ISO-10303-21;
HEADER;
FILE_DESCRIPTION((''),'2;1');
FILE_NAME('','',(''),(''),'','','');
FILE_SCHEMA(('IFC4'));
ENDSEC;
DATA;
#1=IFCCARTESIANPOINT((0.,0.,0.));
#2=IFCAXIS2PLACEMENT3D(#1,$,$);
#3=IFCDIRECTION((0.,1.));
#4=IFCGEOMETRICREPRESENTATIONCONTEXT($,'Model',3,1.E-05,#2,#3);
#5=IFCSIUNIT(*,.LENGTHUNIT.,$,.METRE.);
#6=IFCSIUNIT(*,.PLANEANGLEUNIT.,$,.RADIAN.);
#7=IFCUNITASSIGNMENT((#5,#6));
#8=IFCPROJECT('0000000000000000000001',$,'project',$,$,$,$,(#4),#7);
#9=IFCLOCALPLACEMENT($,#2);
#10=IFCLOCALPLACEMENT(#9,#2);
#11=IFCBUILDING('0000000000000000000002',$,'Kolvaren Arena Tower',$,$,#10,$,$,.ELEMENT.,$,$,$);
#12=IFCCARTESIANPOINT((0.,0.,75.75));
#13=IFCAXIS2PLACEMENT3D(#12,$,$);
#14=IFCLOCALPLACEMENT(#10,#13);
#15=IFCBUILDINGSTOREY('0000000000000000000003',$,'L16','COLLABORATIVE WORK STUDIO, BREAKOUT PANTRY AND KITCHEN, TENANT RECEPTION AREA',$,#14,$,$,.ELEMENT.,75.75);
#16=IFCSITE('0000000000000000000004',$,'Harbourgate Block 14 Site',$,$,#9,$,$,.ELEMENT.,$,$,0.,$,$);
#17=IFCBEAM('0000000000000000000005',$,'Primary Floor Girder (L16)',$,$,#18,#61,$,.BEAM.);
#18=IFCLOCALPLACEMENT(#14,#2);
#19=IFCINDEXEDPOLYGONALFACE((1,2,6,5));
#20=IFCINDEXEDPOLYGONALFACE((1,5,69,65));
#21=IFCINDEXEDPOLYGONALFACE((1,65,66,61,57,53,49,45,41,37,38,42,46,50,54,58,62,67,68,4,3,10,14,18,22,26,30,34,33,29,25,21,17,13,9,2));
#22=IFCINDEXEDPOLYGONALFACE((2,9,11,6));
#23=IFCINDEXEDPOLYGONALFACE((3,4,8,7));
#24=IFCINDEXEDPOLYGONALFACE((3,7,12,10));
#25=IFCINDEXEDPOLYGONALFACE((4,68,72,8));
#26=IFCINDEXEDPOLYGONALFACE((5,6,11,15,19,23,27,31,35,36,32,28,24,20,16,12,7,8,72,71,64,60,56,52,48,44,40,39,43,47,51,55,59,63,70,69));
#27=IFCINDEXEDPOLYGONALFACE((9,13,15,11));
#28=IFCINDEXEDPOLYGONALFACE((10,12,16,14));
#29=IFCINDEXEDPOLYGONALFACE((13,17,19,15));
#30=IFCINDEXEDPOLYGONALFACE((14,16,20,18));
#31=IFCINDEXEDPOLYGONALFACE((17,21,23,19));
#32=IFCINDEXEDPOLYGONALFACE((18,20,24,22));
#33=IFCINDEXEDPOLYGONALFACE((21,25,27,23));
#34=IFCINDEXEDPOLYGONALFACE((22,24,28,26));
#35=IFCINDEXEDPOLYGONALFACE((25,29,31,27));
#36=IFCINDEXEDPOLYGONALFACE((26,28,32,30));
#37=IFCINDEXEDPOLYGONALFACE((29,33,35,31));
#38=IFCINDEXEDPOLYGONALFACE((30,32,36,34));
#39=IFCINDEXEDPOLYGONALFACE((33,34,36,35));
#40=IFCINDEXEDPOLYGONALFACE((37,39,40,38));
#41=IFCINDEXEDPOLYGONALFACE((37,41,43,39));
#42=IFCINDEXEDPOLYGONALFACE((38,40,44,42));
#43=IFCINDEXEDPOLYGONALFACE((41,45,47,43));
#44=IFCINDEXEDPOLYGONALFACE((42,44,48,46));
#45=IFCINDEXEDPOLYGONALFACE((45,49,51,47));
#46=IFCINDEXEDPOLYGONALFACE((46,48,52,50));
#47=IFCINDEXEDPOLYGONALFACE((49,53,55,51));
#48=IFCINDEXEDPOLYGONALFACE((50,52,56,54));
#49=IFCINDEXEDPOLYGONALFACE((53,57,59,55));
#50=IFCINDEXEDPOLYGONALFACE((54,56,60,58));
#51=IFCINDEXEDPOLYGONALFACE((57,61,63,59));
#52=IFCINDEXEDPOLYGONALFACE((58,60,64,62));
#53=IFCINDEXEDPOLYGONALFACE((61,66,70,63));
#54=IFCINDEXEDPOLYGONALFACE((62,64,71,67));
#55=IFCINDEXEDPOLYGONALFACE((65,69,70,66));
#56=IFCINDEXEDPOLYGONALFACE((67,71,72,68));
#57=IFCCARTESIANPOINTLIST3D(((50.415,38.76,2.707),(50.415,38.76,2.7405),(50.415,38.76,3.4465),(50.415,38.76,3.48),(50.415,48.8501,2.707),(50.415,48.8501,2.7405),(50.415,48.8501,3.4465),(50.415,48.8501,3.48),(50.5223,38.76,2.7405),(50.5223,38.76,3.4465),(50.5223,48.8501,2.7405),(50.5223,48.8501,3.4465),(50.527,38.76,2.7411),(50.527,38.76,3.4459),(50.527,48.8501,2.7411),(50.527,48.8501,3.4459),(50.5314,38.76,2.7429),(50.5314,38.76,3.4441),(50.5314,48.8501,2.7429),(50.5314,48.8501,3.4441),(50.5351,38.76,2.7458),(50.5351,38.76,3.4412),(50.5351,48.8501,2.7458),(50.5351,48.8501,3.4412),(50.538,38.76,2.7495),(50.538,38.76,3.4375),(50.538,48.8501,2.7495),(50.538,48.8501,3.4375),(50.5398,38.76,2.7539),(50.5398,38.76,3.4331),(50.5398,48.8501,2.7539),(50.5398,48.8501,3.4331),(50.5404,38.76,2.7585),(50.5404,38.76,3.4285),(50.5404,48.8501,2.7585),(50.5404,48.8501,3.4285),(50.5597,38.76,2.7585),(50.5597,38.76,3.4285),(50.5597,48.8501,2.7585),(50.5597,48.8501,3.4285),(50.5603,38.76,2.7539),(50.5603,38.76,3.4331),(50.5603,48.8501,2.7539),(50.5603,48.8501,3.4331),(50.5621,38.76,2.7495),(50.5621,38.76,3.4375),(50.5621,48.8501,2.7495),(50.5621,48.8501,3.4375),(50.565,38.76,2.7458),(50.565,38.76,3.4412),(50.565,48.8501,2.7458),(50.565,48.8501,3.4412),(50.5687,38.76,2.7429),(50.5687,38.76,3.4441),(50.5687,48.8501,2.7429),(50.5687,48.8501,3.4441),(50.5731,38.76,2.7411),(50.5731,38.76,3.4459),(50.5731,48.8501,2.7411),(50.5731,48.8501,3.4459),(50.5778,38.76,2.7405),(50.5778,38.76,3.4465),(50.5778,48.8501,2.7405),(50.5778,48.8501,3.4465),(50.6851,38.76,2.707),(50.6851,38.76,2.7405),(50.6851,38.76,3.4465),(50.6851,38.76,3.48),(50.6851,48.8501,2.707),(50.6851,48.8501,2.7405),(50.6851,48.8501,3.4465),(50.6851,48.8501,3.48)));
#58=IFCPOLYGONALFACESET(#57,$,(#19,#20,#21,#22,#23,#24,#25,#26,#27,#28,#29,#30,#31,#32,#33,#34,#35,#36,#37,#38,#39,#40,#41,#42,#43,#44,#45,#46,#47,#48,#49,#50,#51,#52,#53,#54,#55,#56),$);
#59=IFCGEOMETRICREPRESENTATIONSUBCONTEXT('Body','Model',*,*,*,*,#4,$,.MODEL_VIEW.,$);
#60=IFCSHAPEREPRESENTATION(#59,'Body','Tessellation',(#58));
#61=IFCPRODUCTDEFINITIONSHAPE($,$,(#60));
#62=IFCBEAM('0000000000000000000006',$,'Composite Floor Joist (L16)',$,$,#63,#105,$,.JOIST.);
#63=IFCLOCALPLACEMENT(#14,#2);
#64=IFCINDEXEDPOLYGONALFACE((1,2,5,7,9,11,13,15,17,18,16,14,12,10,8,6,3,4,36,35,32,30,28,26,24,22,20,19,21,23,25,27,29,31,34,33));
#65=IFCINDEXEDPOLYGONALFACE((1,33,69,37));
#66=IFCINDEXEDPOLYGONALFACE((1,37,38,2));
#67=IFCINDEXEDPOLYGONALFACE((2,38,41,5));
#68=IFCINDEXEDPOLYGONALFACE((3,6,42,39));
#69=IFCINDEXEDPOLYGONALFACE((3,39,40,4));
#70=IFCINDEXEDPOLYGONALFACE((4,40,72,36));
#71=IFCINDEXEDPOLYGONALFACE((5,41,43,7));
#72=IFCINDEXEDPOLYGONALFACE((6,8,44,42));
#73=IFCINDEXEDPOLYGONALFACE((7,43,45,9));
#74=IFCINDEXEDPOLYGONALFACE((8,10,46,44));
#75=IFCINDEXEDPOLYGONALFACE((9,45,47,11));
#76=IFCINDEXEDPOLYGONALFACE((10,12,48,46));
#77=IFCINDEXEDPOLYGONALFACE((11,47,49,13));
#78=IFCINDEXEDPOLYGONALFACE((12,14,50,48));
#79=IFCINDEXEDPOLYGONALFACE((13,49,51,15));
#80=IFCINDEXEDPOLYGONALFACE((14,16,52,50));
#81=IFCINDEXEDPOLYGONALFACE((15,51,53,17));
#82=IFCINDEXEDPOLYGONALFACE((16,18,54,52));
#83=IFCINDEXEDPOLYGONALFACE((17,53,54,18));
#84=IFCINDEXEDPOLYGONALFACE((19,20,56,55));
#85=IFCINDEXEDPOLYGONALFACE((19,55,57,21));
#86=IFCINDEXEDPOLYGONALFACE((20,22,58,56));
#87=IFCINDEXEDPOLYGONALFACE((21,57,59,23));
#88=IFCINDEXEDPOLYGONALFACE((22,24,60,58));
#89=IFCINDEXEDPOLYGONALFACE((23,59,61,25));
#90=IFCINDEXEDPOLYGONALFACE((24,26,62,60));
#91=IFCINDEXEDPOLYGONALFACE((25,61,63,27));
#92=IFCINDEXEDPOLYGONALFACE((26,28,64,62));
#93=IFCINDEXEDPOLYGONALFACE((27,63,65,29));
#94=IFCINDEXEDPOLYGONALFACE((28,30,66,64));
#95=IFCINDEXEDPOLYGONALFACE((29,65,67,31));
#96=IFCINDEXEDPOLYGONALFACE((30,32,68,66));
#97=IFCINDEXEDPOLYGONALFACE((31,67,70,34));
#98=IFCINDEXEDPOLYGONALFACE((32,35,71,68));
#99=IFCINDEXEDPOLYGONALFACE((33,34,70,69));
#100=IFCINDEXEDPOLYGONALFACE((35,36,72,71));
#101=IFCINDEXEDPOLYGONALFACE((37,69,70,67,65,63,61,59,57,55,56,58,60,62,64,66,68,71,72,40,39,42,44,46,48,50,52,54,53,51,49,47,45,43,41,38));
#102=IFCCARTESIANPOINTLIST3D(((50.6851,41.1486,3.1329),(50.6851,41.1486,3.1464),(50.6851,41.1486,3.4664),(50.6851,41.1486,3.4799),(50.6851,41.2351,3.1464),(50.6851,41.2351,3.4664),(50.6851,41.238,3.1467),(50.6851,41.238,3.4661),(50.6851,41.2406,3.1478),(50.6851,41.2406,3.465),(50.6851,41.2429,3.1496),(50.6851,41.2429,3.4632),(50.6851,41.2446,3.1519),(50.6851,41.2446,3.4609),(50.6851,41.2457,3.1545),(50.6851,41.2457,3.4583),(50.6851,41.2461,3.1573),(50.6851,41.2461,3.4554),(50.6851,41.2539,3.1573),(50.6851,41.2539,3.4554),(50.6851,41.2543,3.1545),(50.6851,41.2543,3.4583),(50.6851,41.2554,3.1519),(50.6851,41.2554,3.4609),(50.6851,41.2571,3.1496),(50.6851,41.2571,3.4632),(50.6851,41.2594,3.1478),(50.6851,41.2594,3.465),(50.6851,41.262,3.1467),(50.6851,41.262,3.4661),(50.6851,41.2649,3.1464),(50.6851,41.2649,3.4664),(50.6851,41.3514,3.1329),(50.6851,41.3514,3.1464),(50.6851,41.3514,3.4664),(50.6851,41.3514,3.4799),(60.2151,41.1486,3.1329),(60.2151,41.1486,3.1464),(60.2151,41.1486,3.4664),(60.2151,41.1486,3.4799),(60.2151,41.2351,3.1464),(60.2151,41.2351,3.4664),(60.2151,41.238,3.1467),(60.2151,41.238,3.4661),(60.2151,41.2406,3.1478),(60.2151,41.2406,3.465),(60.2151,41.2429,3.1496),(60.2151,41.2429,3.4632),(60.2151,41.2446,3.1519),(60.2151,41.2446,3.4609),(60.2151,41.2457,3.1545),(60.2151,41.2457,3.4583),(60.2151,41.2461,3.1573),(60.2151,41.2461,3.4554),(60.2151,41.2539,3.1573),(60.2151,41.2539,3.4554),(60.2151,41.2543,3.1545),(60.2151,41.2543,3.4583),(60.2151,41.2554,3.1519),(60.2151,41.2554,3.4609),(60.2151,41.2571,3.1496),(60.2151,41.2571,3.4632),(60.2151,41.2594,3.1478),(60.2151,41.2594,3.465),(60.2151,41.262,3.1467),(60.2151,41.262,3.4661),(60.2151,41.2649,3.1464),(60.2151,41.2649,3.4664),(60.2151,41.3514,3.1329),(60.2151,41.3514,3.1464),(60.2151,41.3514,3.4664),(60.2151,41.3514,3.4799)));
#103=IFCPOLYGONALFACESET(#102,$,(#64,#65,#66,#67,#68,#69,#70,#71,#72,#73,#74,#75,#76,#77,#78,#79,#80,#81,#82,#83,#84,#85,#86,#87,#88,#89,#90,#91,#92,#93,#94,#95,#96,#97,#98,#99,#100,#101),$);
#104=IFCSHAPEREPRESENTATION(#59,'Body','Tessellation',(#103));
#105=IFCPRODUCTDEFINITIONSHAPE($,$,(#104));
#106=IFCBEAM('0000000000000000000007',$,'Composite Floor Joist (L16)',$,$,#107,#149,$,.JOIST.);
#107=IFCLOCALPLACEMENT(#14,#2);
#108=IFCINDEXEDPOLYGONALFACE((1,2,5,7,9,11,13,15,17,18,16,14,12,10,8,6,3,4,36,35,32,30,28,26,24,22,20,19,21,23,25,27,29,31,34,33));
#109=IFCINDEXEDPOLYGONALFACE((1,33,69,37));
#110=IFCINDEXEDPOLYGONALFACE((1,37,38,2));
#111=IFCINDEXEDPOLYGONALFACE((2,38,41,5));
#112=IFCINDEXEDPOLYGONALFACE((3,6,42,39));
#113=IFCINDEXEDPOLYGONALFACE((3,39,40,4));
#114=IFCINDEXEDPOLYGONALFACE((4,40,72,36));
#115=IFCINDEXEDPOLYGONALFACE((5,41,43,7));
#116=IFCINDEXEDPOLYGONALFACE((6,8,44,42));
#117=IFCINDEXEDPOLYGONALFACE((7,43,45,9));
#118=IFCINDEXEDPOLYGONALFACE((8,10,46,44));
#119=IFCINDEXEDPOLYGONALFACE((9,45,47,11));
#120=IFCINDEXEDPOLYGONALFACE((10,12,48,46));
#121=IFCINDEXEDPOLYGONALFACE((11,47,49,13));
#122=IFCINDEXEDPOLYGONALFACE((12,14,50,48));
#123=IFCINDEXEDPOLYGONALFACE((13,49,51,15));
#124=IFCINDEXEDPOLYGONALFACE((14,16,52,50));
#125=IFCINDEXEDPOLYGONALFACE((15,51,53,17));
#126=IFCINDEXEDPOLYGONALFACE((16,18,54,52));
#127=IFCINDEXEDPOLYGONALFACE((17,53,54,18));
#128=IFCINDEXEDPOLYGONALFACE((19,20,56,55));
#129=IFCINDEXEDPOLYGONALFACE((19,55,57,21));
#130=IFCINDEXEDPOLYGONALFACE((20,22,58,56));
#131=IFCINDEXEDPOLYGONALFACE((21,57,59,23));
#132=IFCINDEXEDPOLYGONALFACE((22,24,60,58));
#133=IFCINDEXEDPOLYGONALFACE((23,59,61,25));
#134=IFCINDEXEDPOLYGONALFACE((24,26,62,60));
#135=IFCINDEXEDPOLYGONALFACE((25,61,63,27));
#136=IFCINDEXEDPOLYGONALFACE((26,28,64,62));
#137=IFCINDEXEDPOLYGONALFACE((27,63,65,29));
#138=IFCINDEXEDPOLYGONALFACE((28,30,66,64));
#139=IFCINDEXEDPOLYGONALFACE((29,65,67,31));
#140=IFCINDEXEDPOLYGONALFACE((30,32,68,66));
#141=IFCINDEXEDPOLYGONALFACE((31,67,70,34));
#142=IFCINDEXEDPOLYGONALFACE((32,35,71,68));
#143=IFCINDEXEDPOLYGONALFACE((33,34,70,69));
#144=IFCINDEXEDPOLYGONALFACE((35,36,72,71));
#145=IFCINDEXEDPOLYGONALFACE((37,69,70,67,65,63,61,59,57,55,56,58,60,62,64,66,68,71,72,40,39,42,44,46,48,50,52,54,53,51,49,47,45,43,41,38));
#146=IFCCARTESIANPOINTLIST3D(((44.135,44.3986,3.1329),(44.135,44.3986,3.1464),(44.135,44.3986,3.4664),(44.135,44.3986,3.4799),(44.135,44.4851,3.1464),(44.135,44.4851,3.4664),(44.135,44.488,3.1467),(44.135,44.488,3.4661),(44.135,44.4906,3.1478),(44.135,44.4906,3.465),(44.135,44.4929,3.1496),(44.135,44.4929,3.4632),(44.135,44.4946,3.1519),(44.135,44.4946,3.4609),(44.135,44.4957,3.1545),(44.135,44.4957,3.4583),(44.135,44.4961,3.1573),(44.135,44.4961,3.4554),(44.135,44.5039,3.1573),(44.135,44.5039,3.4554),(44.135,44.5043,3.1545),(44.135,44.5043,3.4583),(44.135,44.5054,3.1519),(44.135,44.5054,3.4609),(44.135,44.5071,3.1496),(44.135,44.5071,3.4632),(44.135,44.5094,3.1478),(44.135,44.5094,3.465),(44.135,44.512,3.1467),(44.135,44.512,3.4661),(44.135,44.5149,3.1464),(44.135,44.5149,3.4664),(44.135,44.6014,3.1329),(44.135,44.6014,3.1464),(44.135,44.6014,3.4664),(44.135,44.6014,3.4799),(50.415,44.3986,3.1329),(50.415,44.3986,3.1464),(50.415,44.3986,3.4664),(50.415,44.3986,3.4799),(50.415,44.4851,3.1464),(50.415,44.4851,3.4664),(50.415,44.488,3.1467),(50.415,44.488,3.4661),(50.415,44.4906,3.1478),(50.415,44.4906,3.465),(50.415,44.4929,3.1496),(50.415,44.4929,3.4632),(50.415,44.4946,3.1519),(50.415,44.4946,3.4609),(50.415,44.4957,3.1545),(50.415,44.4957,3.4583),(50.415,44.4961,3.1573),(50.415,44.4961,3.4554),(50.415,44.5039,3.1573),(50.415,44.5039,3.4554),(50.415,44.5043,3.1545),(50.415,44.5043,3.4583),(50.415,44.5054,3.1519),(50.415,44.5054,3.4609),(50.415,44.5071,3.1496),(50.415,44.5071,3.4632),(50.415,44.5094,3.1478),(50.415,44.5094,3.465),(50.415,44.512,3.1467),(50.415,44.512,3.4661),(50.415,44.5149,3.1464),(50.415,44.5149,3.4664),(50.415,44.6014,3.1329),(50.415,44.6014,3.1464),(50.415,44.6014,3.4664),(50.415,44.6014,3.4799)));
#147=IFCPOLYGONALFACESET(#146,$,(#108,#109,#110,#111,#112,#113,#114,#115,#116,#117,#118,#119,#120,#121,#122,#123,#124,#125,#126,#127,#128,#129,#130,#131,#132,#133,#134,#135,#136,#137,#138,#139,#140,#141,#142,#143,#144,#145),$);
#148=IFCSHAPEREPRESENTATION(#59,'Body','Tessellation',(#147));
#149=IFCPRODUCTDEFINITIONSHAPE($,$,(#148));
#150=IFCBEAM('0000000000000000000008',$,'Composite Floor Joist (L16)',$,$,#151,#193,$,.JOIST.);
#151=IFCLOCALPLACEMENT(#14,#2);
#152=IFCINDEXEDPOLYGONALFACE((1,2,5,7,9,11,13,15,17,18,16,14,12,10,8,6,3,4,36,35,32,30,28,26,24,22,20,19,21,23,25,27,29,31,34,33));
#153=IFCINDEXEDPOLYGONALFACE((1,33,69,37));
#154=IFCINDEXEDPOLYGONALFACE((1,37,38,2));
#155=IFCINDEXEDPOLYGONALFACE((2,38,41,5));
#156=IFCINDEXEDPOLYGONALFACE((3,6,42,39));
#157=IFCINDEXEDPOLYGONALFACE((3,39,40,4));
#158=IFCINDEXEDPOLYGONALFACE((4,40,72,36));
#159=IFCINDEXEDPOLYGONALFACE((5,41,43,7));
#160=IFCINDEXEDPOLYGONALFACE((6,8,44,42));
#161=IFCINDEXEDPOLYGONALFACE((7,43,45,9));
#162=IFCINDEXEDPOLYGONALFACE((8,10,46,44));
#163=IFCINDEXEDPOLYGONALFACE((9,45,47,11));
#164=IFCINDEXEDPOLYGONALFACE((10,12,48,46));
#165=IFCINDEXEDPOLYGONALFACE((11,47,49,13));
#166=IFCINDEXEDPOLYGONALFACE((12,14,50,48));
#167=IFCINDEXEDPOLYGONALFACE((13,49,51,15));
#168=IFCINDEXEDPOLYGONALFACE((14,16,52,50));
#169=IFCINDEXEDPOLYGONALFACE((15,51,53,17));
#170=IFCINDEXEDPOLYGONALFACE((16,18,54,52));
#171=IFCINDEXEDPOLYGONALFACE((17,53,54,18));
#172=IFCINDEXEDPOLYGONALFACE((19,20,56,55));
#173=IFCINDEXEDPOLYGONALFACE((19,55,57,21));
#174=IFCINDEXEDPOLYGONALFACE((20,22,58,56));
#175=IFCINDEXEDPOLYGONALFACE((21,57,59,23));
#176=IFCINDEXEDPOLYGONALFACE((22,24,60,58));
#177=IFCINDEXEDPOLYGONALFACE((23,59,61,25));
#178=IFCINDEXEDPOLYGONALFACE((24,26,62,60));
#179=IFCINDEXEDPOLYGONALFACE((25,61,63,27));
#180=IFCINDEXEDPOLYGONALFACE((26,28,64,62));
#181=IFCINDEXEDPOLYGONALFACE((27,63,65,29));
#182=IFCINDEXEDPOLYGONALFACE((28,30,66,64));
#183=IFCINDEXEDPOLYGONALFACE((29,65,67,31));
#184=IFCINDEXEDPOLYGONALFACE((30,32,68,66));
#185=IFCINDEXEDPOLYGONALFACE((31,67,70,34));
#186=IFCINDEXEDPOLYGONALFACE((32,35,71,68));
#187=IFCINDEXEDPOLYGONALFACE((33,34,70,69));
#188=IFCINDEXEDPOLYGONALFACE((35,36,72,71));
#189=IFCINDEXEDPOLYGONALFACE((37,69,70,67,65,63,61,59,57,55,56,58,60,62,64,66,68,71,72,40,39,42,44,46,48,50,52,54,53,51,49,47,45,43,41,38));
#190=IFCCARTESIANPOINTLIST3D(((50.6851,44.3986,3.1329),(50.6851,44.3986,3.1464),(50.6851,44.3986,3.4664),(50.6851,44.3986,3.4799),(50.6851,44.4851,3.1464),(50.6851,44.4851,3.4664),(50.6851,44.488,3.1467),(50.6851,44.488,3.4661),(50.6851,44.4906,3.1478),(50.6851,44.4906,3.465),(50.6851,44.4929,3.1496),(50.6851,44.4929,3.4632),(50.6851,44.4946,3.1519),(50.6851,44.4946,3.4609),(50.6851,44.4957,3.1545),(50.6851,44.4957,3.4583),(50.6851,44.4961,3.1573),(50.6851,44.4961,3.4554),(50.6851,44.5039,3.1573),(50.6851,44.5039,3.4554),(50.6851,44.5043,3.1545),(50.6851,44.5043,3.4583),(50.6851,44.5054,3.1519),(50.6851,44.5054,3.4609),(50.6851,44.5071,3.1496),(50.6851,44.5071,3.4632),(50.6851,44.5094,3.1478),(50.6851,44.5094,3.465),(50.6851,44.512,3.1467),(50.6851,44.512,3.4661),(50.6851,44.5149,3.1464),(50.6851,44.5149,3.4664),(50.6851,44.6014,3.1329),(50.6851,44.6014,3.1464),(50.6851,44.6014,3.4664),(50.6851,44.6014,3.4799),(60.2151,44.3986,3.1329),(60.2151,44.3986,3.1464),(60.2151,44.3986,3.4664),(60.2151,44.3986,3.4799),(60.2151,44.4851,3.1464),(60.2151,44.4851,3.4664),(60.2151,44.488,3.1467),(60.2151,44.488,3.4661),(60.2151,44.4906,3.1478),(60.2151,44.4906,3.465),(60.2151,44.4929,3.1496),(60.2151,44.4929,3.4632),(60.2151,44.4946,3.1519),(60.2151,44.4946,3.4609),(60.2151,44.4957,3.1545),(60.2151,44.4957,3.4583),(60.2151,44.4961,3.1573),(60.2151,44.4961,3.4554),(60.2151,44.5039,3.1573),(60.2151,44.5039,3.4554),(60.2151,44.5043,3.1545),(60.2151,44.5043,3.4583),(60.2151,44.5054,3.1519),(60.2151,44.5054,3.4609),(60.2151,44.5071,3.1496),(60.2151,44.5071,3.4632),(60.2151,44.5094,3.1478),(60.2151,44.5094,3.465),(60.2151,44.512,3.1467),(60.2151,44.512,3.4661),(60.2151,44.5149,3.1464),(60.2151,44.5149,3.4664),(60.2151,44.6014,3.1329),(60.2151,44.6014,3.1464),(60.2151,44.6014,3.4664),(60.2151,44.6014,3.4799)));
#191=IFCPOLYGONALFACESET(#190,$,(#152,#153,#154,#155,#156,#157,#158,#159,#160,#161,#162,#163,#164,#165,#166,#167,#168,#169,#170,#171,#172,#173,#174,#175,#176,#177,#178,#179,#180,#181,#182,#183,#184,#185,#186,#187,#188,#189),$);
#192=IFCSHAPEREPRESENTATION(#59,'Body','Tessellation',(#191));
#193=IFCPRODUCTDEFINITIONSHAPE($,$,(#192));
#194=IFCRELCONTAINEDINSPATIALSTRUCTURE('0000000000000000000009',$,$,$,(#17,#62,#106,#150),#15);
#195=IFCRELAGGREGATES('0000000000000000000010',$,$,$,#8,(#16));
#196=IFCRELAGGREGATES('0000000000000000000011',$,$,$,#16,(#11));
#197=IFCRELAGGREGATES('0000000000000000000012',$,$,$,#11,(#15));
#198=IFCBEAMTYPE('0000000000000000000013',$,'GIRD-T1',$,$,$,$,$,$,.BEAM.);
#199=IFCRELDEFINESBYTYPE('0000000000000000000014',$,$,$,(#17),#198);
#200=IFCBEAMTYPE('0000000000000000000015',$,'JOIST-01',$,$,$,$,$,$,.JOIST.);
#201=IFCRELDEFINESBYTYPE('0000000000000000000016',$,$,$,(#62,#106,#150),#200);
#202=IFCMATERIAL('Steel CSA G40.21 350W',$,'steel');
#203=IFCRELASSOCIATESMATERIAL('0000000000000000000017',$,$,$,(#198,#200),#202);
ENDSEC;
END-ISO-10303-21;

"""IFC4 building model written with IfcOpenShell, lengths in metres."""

from ifc_helpers import new_model, si_unit, direction, frame, origin, origin_2d, place, context, subcontext, project, spatial, i_section, extrude, material, material_profile, profile_set, type_object, element, save


model = new_model("IFC4")

# Units and contexts
model_context = context("Model", 3, precision=1e-05, world=origin(), true_north=direction((0.0, 1.0)))
body_context = subcontext(model_context, "Body", "Model", "MODEL_VIEW")
ifc_project = project(units=[si_unit("LENGTHUNIT", "METRE"), si_unit("PLANEANGLEUNIT", "RADIAN")], contexts=[model_context])

# Site, building, storey
site_placement = place(None, origin())
site = spatial("IfcSite", under=ifc_project, at=site_placement, Name="Harbourgate Block 14 Site", CompositionType="ELEMENT", RefElevation=0.0)
building_placement = place(site_placement, origin())
building = spatial("IfcBuilding", under=site, at=building_placement, Name="Kolvaren Arena Tower", CompositionType="ELEMENT")
storey_placement = place(building_placement, frame((0.0, 0.0, 75.75)))
storey = spatial("IfcBuildingStorey", under=building, at=storey_placement, Name="L16", Description="COLLABORATIVE WORK STUDIO, BREAKOUT PANTRY AND KITCHEN, TENANT RECEPTION AREA", CompositionType="ELEMENT", Elevation=75.75)

# Beams
ifc_material_1 = material(Name="Steel CSA G40.21 350W", Category="steel")
ifc_material_profile_1 = material_profile(ifc_material_1, i_section(OverallWidth=0.27, OverallDepth=0.7729, WebThickness=0.0193, FlangeThickness=0.0334, FilletRadius=0.0181, at=origin_2d()), Name="W760x257")
ifc_profile_set_1 = profile_set([ifc_material_profile_1], Name="Steel CSA G40.21 350W")
beam_type_1 = type_object("IfcBeamType", Name="GIRD-T1", PredefinedType="BEAM", material=ifc_profile_set_1)
beam_1_placement = place(storey_placement, frame((50.55, 38.76, 3.0935), z_axis=(0.0, 1.0, 0.0), x_axis=(-1.0, 0.0, 0.0)))
element("IfcBeam", 1, at=beam_1_placement, inside=storey, type_object=beam_type_1, Name="Primary Floor Girder (L16)", PredefinedType="BEAM", context=body_context, shape_type="SweptSolid", body=[
    extrude(i_section(OverallWidth=0.27, OverallDepth=0.7729, WebThickness=0.0193, FlangeThickness=0.0334, FilletRadius=0.0181, at=origin_2d()), origin(), (0.0, 0.0, 1.0), 10.0901),
])
ifc_material_profile_2 = material_profile(ifc_material_1, i_section(OverallWidth=0.2029, OverallDepth=0.3469, WebThickness=0.0078, FlangeThickness=0.0134, FilletRadius=0.011, at=origin_2d()), Name="W360x64")
ifc_profile_set_2 = profile_set([ifc_material_profile_2], Name="Steel CSA G40.21 350W")
beam_type_2 = type_object("IfcBeamType", Name="JOIST-01", PredefinedType="JOIST", material=ifc_profile_set_2)
beam_2_placement = place(storey_placement, frame((50.6851, 41.25, 3.3064), z_axis=(1.0, 0.0, 0.0), x_axis=(0.0, 1.0, 0.0)))
element("IfcBeam", 2, at=beam_2_placement, inside=storey, type_object=beam_type_2, Name="Composite Floor Joist (L16)", PredefinedType="JOIST", context=body_context, shape_type="SweptSolid", body=[
    extrude(i_section(OverallWidth=0.2029, OverallDepth=0.3469, WebThickness=0.0078, FlangeThickness=0.0134, FilletRadius=0.011, at=origin_2d()), origin(), (0.0, 0.0, 1.0), 9.53),
])
beam_3_placement = place(storey_placement, frame((44.135, 44.5, 3.3064), z_axis=(1.0, 0.0, 0.0), x_axis=(0.0, 1.0, 0.0)))
element("IfcBeam", 3, at=beam_3_placement, inside=storey, type_object=beam_type_2, Name="Composite Floor Joist (L16)", PredefinedType="JOIST", context=body_context, shape_type="SweptSolid", body=[
    extrude(i_section(OverallWidth=0.2029, OverallDepth=0.3469, WebThickness=0.0078, FlangeThickness=0.0134, FilletRadius=0.011, at=origin_2d()), origin(), (0.0, 0.0, 1.0), 6.28),
])
beam_4_placement = place(storey_placement, frame((50.6851, 44.5, 3.3064), z_axis=(1.0, 0.0, 0.0), x_axis=(0.0, 1.0, 0.0)))
element("IfcBeam", 4, at=beam_4_placement, inside=storey, type_object=beam_type_2, Name="Composite Floor Joist (L16)", PredefinedType="JOIST", context=body_context, shape_type="SweptSolid", body=[
    extrude(i_section(OverallWidth=0.2029, OverallDepth=0.3469, WebThickness=0.0078, FlangeThickness=0.0134, FilletRadius=0.011, at=origin_2d()), origin(), (0.0, 0.0, 1.0), 9.53),
])

save(model, "model.ifc")
